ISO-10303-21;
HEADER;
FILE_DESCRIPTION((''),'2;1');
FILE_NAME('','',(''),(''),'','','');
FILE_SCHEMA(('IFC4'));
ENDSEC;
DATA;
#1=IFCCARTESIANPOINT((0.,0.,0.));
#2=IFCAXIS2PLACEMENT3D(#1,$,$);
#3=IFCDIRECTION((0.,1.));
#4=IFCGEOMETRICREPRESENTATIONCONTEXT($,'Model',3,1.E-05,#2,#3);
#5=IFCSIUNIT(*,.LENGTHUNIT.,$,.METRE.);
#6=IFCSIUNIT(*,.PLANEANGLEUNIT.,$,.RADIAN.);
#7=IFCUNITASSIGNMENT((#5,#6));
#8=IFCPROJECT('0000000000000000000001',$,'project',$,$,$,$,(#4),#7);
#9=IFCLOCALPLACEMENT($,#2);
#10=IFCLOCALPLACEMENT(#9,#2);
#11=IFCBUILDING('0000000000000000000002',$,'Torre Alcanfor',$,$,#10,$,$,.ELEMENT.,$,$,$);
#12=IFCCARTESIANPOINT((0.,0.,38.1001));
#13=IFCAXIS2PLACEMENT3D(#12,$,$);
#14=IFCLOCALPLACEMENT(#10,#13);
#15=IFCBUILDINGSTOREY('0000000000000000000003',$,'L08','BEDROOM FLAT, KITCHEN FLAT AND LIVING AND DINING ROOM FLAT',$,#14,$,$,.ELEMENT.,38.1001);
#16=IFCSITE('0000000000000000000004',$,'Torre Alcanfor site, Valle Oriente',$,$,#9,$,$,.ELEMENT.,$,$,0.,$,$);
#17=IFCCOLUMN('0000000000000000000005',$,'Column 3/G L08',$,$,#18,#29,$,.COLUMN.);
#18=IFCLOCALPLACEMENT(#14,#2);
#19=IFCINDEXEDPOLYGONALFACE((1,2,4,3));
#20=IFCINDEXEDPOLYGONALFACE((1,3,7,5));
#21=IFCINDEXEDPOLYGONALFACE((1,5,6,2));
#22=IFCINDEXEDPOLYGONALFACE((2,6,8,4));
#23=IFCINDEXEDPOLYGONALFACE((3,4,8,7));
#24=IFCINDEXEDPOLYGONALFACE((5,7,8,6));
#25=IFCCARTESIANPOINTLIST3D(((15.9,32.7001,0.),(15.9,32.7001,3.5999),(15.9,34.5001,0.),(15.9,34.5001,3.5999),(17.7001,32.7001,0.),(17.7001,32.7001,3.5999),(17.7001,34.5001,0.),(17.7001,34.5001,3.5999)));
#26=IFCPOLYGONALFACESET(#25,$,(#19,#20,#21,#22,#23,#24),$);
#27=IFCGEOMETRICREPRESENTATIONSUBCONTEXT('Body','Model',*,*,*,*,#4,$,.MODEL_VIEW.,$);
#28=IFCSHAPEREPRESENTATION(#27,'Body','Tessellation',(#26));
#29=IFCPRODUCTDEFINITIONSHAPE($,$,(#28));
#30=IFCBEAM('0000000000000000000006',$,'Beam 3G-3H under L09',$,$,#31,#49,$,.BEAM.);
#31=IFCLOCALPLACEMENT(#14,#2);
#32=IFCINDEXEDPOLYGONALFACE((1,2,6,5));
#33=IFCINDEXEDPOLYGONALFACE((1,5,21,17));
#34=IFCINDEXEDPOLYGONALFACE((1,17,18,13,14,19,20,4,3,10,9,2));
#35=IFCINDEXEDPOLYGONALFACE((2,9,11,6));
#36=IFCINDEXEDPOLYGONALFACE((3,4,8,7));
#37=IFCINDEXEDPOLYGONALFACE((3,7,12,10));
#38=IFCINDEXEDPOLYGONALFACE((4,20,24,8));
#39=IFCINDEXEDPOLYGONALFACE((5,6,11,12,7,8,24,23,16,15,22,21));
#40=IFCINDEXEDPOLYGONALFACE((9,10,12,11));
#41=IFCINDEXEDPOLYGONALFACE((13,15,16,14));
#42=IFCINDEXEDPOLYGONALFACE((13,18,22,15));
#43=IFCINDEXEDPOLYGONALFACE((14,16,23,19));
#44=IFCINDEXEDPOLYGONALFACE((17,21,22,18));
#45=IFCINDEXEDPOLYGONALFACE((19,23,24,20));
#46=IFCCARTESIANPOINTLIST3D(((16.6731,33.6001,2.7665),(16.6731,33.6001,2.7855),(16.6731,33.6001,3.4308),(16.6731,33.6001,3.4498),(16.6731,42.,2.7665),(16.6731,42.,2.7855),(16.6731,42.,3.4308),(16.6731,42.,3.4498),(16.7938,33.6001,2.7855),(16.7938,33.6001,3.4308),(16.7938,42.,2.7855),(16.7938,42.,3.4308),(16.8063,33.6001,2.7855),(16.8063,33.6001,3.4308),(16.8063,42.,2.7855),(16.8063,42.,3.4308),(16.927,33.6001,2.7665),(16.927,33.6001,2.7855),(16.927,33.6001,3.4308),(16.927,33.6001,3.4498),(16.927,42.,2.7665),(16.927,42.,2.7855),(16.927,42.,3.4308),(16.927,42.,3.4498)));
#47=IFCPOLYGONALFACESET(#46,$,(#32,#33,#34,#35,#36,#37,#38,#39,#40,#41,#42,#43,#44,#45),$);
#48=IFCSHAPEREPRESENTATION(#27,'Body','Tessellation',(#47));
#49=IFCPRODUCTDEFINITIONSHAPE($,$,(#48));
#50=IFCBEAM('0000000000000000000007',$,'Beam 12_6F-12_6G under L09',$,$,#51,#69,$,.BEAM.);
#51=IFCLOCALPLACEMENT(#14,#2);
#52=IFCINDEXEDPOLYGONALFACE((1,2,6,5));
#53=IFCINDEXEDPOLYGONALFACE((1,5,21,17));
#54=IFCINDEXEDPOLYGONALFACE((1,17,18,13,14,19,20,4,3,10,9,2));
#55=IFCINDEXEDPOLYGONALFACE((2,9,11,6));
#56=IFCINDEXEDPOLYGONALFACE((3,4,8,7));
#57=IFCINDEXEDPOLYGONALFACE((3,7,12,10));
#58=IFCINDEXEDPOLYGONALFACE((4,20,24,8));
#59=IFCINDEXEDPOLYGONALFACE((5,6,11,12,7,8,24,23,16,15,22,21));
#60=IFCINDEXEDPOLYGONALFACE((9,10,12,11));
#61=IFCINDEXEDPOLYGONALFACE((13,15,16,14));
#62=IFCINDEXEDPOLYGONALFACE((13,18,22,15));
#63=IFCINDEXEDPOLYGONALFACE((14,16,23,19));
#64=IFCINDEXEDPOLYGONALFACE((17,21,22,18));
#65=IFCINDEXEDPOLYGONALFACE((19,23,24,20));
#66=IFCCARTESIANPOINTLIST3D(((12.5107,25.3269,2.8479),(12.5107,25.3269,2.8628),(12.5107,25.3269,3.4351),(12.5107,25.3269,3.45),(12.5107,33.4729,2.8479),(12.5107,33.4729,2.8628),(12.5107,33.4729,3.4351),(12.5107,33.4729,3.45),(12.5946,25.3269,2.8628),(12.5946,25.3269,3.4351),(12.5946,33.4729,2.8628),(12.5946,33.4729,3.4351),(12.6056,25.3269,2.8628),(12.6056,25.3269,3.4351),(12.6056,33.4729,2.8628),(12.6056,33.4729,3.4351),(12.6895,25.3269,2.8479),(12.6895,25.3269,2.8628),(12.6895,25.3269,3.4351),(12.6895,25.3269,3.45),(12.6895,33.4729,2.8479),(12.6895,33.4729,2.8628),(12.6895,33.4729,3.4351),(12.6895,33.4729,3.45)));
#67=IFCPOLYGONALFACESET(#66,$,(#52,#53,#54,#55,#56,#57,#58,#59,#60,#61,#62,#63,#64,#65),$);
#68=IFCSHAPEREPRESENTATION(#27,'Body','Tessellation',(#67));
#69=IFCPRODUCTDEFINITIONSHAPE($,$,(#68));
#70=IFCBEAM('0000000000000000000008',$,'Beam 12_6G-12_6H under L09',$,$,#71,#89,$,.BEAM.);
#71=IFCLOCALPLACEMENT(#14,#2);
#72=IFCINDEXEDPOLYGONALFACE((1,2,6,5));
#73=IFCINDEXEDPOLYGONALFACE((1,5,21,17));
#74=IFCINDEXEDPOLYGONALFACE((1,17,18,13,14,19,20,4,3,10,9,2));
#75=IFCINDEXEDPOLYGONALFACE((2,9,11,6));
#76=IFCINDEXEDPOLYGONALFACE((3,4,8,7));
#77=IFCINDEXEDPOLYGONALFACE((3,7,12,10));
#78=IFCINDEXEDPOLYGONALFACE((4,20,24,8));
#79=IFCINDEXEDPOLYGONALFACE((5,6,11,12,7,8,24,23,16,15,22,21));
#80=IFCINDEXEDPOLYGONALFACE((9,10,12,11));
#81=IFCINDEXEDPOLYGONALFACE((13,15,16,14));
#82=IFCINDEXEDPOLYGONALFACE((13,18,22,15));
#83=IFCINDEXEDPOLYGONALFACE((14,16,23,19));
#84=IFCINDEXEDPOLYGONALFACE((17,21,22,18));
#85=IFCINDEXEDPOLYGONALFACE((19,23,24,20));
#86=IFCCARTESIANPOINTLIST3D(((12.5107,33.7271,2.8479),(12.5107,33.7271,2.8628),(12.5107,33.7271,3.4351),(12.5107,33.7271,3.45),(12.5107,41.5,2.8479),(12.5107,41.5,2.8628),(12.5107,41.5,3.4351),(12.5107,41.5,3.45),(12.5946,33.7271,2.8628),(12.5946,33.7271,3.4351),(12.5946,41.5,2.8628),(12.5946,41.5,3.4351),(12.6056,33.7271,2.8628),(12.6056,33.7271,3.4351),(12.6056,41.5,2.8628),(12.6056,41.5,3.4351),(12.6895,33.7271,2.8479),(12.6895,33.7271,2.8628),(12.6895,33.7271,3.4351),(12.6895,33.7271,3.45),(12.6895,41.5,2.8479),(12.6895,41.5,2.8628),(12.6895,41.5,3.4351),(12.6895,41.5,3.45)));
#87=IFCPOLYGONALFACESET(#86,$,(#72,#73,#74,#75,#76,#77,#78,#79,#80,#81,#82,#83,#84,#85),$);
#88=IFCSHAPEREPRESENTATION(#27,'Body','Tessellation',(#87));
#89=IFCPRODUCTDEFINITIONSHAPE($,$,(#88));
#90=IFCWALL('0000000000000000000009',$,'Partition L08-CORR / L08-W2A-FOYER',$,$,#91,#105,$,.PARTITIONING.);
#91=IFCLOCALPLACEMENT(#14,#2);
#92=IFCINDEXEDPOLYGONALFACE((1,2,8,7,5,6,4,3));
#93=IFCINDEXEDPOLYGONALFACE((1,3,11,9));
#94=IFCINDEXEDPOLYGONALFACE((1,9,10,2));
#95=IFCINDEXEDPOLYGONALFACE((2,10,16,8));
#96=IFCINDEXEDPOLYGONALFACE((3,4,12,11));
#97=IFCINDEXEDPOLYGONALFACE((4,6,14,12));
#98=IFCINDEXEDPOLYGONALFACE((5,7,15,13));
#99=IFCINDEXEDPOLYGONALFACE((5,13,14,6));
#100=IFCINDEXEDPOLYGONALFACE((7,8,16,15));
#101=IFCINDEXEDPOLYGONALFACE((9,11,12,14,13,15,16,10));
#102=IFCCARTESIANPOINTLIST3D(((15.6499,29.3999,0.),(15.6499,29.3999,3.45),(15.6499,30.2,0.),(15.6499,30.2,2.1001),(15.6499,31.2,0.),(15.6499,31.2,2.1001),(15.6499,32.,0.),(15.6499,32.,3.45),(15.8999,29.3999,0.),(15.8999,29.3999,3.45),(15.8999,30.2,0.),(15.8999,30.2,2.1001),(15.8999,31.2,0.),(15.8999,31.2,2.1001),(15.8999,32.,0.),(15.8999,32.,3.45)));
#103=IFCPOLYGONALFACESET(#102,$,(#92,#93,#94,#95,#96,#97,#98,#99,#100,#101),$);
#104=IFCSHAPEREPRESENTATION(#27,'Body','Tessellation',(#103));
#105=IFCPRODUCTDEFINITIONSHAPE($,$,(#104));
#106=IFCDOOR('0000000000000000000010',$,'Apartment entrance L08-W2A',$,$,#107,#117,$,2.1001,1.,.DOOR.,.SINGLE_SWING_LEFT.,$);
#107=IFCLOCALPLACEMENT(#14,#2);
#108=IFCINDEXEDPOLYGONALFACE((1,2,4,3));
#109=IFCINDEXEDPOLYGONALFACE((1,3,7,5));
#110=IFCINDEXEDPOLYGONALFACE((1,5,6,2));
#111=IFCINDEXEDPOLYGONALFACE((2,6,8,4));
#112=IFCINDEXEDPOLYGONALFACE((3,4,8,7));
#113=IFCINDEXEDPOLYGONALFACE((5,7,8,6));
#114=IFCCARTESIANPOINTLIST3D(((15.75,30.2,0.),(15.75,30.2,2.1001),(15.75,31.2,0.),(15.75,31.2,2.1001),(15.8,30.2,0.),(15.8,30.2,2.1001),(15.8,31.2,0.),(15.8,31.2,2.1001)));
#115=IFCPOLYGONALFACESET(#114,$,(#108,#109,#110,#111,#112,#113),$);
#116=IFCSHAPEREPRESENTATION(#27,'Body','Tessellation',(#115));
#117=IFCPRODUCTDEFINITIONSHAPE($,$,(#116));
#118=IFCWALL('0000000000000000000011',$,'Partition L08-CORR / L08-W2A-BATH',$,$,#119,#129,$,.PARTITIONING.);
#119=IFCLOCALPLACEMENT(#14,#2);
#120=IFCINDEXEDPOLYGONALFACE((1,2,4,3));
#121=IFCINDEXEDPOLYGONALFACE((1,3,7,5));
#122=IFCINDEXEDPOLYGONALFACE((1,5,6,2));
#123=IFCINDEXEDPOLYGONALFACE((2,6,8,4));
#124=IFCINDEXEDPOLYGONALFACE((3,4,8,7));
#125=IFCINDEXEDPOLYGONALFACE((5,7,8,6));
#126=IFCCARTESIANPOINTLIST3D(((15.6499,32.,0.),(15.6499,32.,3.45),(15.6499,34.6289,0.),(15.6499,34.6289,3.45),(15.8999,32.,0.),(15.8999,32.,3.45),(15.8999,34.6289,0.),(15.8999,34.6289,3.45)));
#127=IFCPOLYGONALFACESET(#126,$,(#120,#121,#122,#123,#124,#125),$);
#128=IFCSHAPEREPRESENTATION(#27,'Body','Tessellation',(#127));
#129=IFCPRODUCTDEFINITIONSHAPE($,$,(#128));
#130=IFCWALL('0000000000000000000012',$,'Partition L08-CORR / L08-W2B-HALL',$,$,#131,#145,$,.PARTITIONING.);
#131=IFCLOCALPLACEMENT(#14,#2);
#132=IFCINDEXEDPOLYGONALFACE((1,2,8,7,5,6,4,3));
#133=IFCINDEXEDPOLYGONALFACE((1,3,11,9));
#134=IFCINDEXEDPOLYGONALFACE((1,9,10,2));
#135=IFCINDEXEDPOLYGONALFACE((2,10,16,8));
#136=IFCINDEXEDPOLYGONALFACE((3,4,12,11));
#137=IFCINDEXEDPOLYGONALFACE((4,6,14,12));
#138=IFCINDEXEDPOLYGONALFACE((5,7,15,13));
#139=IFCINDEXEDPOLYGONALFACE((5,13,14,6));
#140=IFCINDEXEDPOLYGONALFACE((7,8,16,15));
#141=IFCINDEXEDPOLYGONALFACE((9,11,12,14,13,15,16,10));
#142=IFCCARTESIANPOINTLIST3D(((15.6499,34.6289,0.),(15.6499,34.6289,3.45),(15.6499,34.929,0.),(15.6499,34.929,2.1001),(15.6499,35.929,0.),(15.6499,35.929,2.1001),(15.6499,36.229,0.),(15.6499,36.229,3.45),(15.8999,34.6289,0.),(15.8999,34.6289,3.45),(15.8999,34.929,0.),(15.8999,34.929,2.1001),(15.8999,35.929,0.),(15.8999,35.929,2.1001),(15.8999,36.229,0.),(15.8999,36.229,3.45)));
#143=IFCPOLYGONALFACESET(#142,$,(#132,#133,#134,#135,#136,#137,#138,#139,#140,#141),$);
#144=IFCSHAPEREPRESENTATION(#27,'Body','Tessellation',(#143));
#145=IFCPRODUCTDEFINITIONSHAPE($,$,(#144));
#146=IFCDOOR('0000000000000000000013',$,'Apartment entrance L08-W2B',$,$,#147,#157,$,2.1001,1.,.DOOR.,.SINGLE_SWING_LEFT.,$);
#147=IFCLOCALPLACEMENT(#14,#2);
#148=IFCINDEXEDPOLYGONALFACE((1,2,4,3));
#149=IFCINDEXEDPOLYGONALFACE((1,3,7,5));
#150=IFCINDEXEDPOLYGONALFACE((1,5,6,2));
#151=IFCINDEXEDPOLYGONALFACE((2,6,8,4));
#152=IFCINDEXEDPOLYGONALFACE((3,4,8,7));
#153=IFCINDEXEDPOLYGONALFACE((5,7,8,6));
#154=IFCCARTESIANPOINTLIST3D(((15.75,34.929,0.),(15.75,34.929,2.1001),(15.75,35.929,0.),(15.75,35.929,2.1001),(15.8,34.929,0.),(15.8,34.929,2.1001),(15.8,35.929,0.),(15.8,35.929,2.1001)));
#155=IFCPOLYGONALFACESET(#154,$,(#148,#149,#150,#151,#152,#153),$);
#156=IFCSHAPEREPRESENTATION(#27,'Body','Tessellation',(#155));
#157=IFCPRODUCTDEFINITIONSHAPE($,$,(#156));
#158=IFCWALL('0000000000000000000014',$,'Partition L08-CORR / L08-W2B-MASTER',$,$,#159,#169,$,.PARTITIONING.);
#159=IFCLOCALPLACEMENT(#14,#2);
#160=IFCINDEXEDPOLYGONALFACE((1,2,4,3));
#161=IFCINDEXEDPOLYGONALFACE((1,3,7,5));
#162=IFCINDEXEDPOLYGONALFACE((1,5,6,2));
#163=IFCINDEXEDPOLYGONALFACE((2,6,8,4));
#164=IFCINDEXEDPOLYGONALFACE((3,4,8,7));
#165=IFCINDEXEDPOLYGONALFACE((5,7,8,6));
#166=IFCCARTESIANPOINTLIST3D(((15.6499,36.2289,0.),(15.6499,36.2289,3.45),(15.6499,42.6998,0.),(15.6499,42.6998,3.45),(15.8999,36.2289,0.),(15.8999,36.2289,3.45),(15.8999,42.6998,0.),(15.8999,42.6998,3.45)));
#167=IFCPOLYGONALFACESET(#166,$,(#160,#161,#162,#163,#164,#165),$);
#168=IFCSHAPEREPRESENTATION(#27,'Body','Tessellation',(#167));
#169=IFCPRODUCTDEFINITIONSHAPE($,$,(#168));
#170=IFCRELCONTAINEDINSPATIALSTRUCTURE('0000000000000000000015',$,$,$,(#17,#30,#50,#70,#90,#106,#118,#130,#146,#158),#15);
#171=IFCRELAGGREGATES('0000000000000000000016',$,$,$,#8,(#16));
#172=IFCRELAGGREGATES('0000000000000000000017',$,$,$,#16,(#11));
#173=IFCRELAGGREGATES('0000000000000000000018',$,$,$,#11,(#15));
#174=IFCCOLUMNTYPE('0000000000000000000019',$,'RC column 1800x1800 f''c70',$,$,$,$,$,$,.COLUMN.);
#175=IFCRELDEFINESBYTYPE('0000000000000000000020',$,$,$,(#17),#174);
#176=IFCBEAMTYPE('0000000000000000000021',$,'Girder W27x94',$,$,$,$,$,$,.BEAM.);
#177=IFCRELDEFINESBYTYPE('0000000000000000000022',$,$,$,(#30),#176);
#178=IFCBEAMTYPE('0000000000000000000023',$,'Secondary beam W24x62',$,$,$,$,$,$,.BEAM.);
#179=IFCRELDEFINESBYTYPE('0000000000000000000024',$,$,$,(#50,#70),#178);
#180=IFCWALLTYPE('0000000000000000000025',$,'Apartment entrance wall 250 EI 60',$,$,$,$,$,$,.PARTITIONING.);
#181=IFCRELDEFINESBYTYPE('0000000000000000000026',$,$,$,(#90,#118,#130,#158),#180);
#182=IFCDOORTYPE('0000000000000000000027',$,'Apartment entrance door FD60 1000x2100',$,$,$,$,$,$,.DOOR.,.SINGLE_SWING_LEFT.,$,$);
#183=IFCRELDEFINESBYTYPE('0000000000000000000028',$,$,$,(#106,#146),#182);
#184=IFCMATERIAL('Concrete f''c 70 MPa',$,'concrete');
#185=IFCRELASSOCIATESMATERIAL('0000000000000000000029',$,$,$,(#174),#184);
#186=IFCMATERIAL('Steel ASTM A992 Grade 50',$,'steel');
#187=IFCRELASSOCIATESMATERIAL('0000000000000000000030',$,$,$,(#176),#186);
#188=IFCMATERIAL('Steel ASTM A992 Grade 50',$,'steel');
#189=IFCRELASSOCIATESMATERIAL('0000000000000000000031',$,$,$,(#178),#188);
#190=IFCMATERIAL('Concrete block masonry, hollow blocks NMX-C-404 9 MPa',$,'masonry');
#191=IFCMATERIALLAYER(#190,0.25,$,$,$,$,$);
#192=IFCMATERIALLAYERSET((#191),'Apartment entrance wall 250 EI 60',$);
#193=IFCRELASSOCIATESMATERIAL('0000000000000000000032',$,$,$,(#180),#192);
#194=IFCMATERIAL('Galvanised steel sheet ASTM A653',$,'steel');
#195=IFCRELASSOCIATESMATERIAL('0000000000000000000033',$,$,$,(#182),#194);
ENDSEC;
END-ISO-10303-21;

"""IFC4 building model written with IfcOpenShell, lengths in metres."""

from ifc_helpers import new_model, si_unit, direction, frame, frame_2d, origin, origin_2d, place, context, subcontext, project, spatial, rectangle, i_section, extrude, material, layer, layer_set, material_profile, profile_set, type_object, element, fill, save


model = new_model("IFC4")

# Units and contexts
model_context = context("Model", 3, precision=1e-05, world=origin(), true_north=direction((0.0, 1.0)))
body_context = subcontext(model_context, "Body", "Model", "MODEL_VIEW")
ifc_project = project(units=[si_unit("LENGTHUNIT", "METRE"), si_unit("PLANEANGLEUNIT", "RADIAN")], contexts=[model_context])

# Site, building, storey
site_placement = place(None, origin())
site = spatial("IfcSite", under=ifc_project, at=site_placement, Name="Torre Alcanfor site, Valle Oriente", CompositionType="ELEMENT", RefElevation=0.0)
building_placement = place(site_placement, origin())
building = spatial("IfcBuilding", under=site, at=building_placement, Name="Torre Alcanfor", CompositionType="ELEMENT")
storey_placement = place(building_placement, frame((0.0, 0.0, 38.1001)))
storey = spatial("IfcBuildingStorey", under=building, at=storey_placement, Name="L08", Description="BEDROOM FLAT, KITCHEN FLAT AND LIVING AND DINING ROOM FLAT", CompositionType="ELEMENT", Elevation=38.1001)

# Column
ifc_material_1 = material(Name="Concrete f'c 70 MPa", Category="concrete")
ifc_material_profile_1 = material_profile(ifc_material_1, rectangle(XDim=1.8, YDim=1.8, at=origin_2d()), Name="1800x1800")
ifc_profile_set_1 = profile_set([ifc_material_profile_1], Name="Concrete f'c 70 MPa")
column_type = type_object("IfcColumnType", Name="RC column 1800x1800 f'c70", PredefinedType="COLUMN", material=ifc_profile_set_1)
column_placement = place(storey_placement, frame((16.8, 33.6001, 0.0), z_axis=(0.0, 0.0, 1.0), x_axis=(1.0, 0.0, 0.0)))
element("IfcColumn", 1, at=column_placement, inside=storey, type_object=column_type, Name="Column 3/G L08", PredefinedType="COLUMN", context=body_context, shape_type="SweptSolid", body=[
    extrude(rectangle(XDim=1.8, YDim=1.8, at=origin_2d()), origin(), (0.0, 0.0, 1.0), 3.5999),
])

# Beams
ifc_material_2 = material(Name="Steel ASTM A992 Grade 50", Category="steel")
ifc_material_profile_2 = material_profile(ifc_material_2, i_section(OverallWidth=0.2539, OverallDepth=0.6833, WebThickness=0.0125, FlangeThickness=0.019, at=origin_2d()), Name="W27x94")
ifc_profile_set_2 = profile_set([ifc_material_profile_2], Name="Steel ASTM A992 Grade 50")
beam_type_1 = type_object("IfcBeamType", Name="Girder W27x94", PredefinedType="BEAM", material=ifc_profile_set_2)
beam_1_placement = place(storey_placement, frame((16.8, 33.6001, 3.1082), z_axis=(0.0, 1.0, 0.0), x_axis=(-1.0, 0.0, 0.0)))
element("IfcBeam", 2, at=beam_1_placement, inside=storey, type_object=beam_type_1, Name="Beam 3G-3H under L09", PredefinedType="BEAM", context=body_context, shape_type="SweptSolid", body=[
    extrude(i_section(OverallWidth=0.2539, OverallDepth=0.6833, WebThickness=0.0125, FlangeThickness=0.019, at=origin_2d()), origin(), (0.0, 0.0, 1.0), 8.3999),
])
ifc_material_3 = material(Name="Steel ASTM A992 Grade 50", Category="steel")
ifc_material_profile_3 = material_profile(ifc_material_3, i_section(OverallWidth=0.1787, OverallDepth=0.6021, WebThickness=0.011, FlangeThickness=0.0149, at=origin_2d()), Name="W24x62")
ifc_profile_set_3 = profile_set([ifc_material_profile_3], Name="Steel ASTM A992 Grade 50")
beam_type_2 = type_object("IfcBeamType", Name="Secondary beam W24x62", PredefinedType="BEAM", material=ifc_profile_set_3)
beam_2_placement = place(storey_placement, frame((12.6001, 25.3269, 3.1489), z_axis=(0.0, 1.0, 0.0), x_axis=(-1.0, 0.0, 0.0)))
element("IfcBeam", 3, at=beam_2_placement, inside=storey, type_object=beam_type_2, Name="Beam 12_6F-12_6G under L09", PredefinedType="BEAM", context=body_context, shape_type="SweptSolid", body=[
    extrude(i_section(OverallWidth=0.1787, OverallDepth=0.6021, WebThickness=0.011, FlangeThickness=0.0149, at=origin_2d()), origin(), (0.0, 0.0, 1.0), 8.146),
])
beam_3_placement = place(storey_placement, frame((12.6001, 33.7271, 3.1489), z_axis=(0.0, 1.0, 0.0), x_axis=(-1.0, 0.0, 0.0)))
element("IfcBeam", 4, at=beam_3_placement, inside=storey, type_object=beam_type_2, Name="Beam 12_6G-12_6H under L09", PredefinedType="BEAM", context=body_context, shape_type="SweptSolid", body=[
    extrude(i_section(OverallWidth=0.1787, OverallDepth=0.6021, WebThickness=0.011, FlangeThickness=0.0149, at=origin_2d()), origin(), (0.0, 0.0, 1.0), 7.7729),
])

# Wall, opening, door
ifc_material_4 = material(Name="Concrete block masonry, hollow blocks NMX-C-404 9 MPa", Category="masonry")
ifc_layer_1 = layer(ifc_material_4, 0.25)
ifc_layer_set_1 = layer_set([ifc_layer_1], Name="Apartment entrance wall 250 EI 60")
wall_type_1 = type_object("IfcWallType", Name="Apartment entrance wall 250 EI 60", PredefinedType="PARTITIONING", material=ifc_layer_set_1)
wall_1_placement = place(storey_placement, frame((15.7749, 29.3999, 0.0), z_axis=(0.0, 0.0, 1.0), x_axis=(0.0, 1.0, 0.0)))
wall_1 = element("IfcWall", 5, at=wall_1_placement, inside=storey, type_object=wall_type_1, Name="Partition L08-CORR / L08-W2A-FOYER", PredefinedType="PARTITIONING", context=body_context, shape_type="SweptSolid", body=[
    extrude(rectangle(XDim=2.6001, YDim=0.25, at=frame_2d((1.3, 0.0))), origin(), (0.0, 0.0, 1.0), 3.45),
])
opening_1_placement = place(wall_1_placement, frame((0.8, 0.0, 0.0)))
opening_1 = element("IfcOpeningElement", 6, at=opening_1_placement, cuts=wall_1, PredefinedType="OPENING", context=body_context, shape_type="SweptSolid", body=[
    extrude(rectangle(XDim=1.0, YDim=2.1001, at=frame_2d((0.5, 1.05))), frame((0.0, 0.135, 0.0), z_axis=(0.0, -1.0, 0.0), x_axis=(1.0, 0.0, 0.0)), (0.0, 0.0, 1.0), 0.27),
])
ifc_material_5 = material(Name="Galvanised steel sheet ASTM A653", Category="steel")
door_type_1 = type_object("IfcDoorType", Name="Apartment entrance door FD60 1000x2100", OperationType="SINGLE_SWING_LEFT", PredefinedType="DOOR", material=ifc_material_5)
door_1_placement = place(opening_1_placement, origin())
door_1 = element("IfcDoor", 7, at=door_1_placement, inside=storey, type_object=door_type_1, Name="Apartment entrance L08-W2A", OperationType="SINGLE_SWING_LEFT", OverallHeight=2.1001, OverallWidth=1.0, PredefinedType="DOOR", context=body_context, shape_type="SweptSolid", body=[
    extrude(rectangle(XDim=1.0, YDim=2.1001, at=frame_2d((0.5, 1.05))), frame((0.0, 0.0249, 0.0), z_axis=(0.0, -1.0, 0.0), x_axis=(1.0, 0.0, 0.0)), (0.0, 0.0, 1.0), 0.05),
])
fill(opening_1, door_1)

# Wall
wall_2_placement = place(storey_placement, frame((15.7749, 32.0, 0.0), z_axis=(0.0, 0.0, 1.0), x_axis=(0.0, 1.0, 0.0)))
element("IfcWall", 8, at=wall_2_placement, inside=storey, type_object=wall_type_1, Name="Partition L08-CORR / L08-W2A-BATH", PredefinedType="PARTITIONING", context=body_context, shape_type="SweptSolid", body=[
    extrude(rectangle(XDim=2.6289, YDim=0.25, at=frame_2d((1.3145, 0.0))), origin(), (0.0, 0.0, 1.0), 3.45),
])

# Wall, opening, door
wall_3_placement = place(storey_placement, frame((15.7749, 34.6289, 0.0), z_axis=(0.0, 0.0, 1.0), x_axis=(0.0, 1.0, 0.0)))
wall_3 = element("IfcWall", 9, at=wall_3_placement, inside=storey, type_object=wall_type_1, Name="Partition L08-CORR / L08-W2B-HALL", PredefinedType="PARTITIONING", context=body_context, shape_type="SweptSolid", body=[
    extrude(rectangle(XDim=1.6001, YDim=0.25, at=frame_2d((0.8, 0.0))), origin(), (0.0, 0.0, 1.0), 3.45),
])
opening_2_placement = place(wall_3_placement, frame((0.3, 0.0, 0.0)))
opening_2 = element("IfcOpeningElement", 10, at=opening_2_placement, cuts=wall_3, PredefinedType="OPENING", context=body_context, shape_type="SweptSolid", body=[
    extrude(rectangle(XDim=1.0, YDim=2.1001, at=frame_2d((0.5, 1.05))), frame((0.0, 0.135, 0.0), z_axis=(0.0, -1.0, 0.0), x_axis=(1.0, 0.0, 0.0)), (0.0, 0.0, 1.0), 0.27),
])
door_2_placement = place(opening_2_placement, origin())
door_2 = element("IfcDoor", 11, at=door_2_placement, inside=storey, type_object=door_type_1, Name="Apartment entrance L08-W2B", OperationType="SINGLE_SWING_LEFT", OverallHeight=2.1001, OverallWidth=1.0, PredefinedType="DOOR", context=body_context, shape_type="SweptSolid", body=[
    extrude(rectangle(XDim=1.0, YDim=2.1001, at=frame_2d((0.5, 1.05))), frame((0.0, 0.0249, 0.0), z_axis=(0.0, -1.0, 0.0), x_axis=(1.0, 0.0, 0.0)), (0.0, 0.0, 1.0), 0.05),
])
fill(opening_2, door_2)

# Wall
wall_4_placement = place(storey_placement, frame((15.7749, 36.229, 0.0), z_axis=(0.0, 0.0, 1.0), x_axis=(0.0, 1.0, 0.0)))
element("IfcWall", 12, at=wall_4_placement, inside=storey, type_object=wall_type_1, Name="Partition L08-CORR / L08-W2B-MASTER", PredefinedType="PARTITIONING", context=body_context, shape_type="SweptSolid", body=[
    extrude(rectangle(XDim=6.4709, YDim=0.25, at=frame_2d((3.2354, 0.0))), origin(), (0.0, 0.0, 1.0), 3.45),
])

save(model, "model.ifc")
